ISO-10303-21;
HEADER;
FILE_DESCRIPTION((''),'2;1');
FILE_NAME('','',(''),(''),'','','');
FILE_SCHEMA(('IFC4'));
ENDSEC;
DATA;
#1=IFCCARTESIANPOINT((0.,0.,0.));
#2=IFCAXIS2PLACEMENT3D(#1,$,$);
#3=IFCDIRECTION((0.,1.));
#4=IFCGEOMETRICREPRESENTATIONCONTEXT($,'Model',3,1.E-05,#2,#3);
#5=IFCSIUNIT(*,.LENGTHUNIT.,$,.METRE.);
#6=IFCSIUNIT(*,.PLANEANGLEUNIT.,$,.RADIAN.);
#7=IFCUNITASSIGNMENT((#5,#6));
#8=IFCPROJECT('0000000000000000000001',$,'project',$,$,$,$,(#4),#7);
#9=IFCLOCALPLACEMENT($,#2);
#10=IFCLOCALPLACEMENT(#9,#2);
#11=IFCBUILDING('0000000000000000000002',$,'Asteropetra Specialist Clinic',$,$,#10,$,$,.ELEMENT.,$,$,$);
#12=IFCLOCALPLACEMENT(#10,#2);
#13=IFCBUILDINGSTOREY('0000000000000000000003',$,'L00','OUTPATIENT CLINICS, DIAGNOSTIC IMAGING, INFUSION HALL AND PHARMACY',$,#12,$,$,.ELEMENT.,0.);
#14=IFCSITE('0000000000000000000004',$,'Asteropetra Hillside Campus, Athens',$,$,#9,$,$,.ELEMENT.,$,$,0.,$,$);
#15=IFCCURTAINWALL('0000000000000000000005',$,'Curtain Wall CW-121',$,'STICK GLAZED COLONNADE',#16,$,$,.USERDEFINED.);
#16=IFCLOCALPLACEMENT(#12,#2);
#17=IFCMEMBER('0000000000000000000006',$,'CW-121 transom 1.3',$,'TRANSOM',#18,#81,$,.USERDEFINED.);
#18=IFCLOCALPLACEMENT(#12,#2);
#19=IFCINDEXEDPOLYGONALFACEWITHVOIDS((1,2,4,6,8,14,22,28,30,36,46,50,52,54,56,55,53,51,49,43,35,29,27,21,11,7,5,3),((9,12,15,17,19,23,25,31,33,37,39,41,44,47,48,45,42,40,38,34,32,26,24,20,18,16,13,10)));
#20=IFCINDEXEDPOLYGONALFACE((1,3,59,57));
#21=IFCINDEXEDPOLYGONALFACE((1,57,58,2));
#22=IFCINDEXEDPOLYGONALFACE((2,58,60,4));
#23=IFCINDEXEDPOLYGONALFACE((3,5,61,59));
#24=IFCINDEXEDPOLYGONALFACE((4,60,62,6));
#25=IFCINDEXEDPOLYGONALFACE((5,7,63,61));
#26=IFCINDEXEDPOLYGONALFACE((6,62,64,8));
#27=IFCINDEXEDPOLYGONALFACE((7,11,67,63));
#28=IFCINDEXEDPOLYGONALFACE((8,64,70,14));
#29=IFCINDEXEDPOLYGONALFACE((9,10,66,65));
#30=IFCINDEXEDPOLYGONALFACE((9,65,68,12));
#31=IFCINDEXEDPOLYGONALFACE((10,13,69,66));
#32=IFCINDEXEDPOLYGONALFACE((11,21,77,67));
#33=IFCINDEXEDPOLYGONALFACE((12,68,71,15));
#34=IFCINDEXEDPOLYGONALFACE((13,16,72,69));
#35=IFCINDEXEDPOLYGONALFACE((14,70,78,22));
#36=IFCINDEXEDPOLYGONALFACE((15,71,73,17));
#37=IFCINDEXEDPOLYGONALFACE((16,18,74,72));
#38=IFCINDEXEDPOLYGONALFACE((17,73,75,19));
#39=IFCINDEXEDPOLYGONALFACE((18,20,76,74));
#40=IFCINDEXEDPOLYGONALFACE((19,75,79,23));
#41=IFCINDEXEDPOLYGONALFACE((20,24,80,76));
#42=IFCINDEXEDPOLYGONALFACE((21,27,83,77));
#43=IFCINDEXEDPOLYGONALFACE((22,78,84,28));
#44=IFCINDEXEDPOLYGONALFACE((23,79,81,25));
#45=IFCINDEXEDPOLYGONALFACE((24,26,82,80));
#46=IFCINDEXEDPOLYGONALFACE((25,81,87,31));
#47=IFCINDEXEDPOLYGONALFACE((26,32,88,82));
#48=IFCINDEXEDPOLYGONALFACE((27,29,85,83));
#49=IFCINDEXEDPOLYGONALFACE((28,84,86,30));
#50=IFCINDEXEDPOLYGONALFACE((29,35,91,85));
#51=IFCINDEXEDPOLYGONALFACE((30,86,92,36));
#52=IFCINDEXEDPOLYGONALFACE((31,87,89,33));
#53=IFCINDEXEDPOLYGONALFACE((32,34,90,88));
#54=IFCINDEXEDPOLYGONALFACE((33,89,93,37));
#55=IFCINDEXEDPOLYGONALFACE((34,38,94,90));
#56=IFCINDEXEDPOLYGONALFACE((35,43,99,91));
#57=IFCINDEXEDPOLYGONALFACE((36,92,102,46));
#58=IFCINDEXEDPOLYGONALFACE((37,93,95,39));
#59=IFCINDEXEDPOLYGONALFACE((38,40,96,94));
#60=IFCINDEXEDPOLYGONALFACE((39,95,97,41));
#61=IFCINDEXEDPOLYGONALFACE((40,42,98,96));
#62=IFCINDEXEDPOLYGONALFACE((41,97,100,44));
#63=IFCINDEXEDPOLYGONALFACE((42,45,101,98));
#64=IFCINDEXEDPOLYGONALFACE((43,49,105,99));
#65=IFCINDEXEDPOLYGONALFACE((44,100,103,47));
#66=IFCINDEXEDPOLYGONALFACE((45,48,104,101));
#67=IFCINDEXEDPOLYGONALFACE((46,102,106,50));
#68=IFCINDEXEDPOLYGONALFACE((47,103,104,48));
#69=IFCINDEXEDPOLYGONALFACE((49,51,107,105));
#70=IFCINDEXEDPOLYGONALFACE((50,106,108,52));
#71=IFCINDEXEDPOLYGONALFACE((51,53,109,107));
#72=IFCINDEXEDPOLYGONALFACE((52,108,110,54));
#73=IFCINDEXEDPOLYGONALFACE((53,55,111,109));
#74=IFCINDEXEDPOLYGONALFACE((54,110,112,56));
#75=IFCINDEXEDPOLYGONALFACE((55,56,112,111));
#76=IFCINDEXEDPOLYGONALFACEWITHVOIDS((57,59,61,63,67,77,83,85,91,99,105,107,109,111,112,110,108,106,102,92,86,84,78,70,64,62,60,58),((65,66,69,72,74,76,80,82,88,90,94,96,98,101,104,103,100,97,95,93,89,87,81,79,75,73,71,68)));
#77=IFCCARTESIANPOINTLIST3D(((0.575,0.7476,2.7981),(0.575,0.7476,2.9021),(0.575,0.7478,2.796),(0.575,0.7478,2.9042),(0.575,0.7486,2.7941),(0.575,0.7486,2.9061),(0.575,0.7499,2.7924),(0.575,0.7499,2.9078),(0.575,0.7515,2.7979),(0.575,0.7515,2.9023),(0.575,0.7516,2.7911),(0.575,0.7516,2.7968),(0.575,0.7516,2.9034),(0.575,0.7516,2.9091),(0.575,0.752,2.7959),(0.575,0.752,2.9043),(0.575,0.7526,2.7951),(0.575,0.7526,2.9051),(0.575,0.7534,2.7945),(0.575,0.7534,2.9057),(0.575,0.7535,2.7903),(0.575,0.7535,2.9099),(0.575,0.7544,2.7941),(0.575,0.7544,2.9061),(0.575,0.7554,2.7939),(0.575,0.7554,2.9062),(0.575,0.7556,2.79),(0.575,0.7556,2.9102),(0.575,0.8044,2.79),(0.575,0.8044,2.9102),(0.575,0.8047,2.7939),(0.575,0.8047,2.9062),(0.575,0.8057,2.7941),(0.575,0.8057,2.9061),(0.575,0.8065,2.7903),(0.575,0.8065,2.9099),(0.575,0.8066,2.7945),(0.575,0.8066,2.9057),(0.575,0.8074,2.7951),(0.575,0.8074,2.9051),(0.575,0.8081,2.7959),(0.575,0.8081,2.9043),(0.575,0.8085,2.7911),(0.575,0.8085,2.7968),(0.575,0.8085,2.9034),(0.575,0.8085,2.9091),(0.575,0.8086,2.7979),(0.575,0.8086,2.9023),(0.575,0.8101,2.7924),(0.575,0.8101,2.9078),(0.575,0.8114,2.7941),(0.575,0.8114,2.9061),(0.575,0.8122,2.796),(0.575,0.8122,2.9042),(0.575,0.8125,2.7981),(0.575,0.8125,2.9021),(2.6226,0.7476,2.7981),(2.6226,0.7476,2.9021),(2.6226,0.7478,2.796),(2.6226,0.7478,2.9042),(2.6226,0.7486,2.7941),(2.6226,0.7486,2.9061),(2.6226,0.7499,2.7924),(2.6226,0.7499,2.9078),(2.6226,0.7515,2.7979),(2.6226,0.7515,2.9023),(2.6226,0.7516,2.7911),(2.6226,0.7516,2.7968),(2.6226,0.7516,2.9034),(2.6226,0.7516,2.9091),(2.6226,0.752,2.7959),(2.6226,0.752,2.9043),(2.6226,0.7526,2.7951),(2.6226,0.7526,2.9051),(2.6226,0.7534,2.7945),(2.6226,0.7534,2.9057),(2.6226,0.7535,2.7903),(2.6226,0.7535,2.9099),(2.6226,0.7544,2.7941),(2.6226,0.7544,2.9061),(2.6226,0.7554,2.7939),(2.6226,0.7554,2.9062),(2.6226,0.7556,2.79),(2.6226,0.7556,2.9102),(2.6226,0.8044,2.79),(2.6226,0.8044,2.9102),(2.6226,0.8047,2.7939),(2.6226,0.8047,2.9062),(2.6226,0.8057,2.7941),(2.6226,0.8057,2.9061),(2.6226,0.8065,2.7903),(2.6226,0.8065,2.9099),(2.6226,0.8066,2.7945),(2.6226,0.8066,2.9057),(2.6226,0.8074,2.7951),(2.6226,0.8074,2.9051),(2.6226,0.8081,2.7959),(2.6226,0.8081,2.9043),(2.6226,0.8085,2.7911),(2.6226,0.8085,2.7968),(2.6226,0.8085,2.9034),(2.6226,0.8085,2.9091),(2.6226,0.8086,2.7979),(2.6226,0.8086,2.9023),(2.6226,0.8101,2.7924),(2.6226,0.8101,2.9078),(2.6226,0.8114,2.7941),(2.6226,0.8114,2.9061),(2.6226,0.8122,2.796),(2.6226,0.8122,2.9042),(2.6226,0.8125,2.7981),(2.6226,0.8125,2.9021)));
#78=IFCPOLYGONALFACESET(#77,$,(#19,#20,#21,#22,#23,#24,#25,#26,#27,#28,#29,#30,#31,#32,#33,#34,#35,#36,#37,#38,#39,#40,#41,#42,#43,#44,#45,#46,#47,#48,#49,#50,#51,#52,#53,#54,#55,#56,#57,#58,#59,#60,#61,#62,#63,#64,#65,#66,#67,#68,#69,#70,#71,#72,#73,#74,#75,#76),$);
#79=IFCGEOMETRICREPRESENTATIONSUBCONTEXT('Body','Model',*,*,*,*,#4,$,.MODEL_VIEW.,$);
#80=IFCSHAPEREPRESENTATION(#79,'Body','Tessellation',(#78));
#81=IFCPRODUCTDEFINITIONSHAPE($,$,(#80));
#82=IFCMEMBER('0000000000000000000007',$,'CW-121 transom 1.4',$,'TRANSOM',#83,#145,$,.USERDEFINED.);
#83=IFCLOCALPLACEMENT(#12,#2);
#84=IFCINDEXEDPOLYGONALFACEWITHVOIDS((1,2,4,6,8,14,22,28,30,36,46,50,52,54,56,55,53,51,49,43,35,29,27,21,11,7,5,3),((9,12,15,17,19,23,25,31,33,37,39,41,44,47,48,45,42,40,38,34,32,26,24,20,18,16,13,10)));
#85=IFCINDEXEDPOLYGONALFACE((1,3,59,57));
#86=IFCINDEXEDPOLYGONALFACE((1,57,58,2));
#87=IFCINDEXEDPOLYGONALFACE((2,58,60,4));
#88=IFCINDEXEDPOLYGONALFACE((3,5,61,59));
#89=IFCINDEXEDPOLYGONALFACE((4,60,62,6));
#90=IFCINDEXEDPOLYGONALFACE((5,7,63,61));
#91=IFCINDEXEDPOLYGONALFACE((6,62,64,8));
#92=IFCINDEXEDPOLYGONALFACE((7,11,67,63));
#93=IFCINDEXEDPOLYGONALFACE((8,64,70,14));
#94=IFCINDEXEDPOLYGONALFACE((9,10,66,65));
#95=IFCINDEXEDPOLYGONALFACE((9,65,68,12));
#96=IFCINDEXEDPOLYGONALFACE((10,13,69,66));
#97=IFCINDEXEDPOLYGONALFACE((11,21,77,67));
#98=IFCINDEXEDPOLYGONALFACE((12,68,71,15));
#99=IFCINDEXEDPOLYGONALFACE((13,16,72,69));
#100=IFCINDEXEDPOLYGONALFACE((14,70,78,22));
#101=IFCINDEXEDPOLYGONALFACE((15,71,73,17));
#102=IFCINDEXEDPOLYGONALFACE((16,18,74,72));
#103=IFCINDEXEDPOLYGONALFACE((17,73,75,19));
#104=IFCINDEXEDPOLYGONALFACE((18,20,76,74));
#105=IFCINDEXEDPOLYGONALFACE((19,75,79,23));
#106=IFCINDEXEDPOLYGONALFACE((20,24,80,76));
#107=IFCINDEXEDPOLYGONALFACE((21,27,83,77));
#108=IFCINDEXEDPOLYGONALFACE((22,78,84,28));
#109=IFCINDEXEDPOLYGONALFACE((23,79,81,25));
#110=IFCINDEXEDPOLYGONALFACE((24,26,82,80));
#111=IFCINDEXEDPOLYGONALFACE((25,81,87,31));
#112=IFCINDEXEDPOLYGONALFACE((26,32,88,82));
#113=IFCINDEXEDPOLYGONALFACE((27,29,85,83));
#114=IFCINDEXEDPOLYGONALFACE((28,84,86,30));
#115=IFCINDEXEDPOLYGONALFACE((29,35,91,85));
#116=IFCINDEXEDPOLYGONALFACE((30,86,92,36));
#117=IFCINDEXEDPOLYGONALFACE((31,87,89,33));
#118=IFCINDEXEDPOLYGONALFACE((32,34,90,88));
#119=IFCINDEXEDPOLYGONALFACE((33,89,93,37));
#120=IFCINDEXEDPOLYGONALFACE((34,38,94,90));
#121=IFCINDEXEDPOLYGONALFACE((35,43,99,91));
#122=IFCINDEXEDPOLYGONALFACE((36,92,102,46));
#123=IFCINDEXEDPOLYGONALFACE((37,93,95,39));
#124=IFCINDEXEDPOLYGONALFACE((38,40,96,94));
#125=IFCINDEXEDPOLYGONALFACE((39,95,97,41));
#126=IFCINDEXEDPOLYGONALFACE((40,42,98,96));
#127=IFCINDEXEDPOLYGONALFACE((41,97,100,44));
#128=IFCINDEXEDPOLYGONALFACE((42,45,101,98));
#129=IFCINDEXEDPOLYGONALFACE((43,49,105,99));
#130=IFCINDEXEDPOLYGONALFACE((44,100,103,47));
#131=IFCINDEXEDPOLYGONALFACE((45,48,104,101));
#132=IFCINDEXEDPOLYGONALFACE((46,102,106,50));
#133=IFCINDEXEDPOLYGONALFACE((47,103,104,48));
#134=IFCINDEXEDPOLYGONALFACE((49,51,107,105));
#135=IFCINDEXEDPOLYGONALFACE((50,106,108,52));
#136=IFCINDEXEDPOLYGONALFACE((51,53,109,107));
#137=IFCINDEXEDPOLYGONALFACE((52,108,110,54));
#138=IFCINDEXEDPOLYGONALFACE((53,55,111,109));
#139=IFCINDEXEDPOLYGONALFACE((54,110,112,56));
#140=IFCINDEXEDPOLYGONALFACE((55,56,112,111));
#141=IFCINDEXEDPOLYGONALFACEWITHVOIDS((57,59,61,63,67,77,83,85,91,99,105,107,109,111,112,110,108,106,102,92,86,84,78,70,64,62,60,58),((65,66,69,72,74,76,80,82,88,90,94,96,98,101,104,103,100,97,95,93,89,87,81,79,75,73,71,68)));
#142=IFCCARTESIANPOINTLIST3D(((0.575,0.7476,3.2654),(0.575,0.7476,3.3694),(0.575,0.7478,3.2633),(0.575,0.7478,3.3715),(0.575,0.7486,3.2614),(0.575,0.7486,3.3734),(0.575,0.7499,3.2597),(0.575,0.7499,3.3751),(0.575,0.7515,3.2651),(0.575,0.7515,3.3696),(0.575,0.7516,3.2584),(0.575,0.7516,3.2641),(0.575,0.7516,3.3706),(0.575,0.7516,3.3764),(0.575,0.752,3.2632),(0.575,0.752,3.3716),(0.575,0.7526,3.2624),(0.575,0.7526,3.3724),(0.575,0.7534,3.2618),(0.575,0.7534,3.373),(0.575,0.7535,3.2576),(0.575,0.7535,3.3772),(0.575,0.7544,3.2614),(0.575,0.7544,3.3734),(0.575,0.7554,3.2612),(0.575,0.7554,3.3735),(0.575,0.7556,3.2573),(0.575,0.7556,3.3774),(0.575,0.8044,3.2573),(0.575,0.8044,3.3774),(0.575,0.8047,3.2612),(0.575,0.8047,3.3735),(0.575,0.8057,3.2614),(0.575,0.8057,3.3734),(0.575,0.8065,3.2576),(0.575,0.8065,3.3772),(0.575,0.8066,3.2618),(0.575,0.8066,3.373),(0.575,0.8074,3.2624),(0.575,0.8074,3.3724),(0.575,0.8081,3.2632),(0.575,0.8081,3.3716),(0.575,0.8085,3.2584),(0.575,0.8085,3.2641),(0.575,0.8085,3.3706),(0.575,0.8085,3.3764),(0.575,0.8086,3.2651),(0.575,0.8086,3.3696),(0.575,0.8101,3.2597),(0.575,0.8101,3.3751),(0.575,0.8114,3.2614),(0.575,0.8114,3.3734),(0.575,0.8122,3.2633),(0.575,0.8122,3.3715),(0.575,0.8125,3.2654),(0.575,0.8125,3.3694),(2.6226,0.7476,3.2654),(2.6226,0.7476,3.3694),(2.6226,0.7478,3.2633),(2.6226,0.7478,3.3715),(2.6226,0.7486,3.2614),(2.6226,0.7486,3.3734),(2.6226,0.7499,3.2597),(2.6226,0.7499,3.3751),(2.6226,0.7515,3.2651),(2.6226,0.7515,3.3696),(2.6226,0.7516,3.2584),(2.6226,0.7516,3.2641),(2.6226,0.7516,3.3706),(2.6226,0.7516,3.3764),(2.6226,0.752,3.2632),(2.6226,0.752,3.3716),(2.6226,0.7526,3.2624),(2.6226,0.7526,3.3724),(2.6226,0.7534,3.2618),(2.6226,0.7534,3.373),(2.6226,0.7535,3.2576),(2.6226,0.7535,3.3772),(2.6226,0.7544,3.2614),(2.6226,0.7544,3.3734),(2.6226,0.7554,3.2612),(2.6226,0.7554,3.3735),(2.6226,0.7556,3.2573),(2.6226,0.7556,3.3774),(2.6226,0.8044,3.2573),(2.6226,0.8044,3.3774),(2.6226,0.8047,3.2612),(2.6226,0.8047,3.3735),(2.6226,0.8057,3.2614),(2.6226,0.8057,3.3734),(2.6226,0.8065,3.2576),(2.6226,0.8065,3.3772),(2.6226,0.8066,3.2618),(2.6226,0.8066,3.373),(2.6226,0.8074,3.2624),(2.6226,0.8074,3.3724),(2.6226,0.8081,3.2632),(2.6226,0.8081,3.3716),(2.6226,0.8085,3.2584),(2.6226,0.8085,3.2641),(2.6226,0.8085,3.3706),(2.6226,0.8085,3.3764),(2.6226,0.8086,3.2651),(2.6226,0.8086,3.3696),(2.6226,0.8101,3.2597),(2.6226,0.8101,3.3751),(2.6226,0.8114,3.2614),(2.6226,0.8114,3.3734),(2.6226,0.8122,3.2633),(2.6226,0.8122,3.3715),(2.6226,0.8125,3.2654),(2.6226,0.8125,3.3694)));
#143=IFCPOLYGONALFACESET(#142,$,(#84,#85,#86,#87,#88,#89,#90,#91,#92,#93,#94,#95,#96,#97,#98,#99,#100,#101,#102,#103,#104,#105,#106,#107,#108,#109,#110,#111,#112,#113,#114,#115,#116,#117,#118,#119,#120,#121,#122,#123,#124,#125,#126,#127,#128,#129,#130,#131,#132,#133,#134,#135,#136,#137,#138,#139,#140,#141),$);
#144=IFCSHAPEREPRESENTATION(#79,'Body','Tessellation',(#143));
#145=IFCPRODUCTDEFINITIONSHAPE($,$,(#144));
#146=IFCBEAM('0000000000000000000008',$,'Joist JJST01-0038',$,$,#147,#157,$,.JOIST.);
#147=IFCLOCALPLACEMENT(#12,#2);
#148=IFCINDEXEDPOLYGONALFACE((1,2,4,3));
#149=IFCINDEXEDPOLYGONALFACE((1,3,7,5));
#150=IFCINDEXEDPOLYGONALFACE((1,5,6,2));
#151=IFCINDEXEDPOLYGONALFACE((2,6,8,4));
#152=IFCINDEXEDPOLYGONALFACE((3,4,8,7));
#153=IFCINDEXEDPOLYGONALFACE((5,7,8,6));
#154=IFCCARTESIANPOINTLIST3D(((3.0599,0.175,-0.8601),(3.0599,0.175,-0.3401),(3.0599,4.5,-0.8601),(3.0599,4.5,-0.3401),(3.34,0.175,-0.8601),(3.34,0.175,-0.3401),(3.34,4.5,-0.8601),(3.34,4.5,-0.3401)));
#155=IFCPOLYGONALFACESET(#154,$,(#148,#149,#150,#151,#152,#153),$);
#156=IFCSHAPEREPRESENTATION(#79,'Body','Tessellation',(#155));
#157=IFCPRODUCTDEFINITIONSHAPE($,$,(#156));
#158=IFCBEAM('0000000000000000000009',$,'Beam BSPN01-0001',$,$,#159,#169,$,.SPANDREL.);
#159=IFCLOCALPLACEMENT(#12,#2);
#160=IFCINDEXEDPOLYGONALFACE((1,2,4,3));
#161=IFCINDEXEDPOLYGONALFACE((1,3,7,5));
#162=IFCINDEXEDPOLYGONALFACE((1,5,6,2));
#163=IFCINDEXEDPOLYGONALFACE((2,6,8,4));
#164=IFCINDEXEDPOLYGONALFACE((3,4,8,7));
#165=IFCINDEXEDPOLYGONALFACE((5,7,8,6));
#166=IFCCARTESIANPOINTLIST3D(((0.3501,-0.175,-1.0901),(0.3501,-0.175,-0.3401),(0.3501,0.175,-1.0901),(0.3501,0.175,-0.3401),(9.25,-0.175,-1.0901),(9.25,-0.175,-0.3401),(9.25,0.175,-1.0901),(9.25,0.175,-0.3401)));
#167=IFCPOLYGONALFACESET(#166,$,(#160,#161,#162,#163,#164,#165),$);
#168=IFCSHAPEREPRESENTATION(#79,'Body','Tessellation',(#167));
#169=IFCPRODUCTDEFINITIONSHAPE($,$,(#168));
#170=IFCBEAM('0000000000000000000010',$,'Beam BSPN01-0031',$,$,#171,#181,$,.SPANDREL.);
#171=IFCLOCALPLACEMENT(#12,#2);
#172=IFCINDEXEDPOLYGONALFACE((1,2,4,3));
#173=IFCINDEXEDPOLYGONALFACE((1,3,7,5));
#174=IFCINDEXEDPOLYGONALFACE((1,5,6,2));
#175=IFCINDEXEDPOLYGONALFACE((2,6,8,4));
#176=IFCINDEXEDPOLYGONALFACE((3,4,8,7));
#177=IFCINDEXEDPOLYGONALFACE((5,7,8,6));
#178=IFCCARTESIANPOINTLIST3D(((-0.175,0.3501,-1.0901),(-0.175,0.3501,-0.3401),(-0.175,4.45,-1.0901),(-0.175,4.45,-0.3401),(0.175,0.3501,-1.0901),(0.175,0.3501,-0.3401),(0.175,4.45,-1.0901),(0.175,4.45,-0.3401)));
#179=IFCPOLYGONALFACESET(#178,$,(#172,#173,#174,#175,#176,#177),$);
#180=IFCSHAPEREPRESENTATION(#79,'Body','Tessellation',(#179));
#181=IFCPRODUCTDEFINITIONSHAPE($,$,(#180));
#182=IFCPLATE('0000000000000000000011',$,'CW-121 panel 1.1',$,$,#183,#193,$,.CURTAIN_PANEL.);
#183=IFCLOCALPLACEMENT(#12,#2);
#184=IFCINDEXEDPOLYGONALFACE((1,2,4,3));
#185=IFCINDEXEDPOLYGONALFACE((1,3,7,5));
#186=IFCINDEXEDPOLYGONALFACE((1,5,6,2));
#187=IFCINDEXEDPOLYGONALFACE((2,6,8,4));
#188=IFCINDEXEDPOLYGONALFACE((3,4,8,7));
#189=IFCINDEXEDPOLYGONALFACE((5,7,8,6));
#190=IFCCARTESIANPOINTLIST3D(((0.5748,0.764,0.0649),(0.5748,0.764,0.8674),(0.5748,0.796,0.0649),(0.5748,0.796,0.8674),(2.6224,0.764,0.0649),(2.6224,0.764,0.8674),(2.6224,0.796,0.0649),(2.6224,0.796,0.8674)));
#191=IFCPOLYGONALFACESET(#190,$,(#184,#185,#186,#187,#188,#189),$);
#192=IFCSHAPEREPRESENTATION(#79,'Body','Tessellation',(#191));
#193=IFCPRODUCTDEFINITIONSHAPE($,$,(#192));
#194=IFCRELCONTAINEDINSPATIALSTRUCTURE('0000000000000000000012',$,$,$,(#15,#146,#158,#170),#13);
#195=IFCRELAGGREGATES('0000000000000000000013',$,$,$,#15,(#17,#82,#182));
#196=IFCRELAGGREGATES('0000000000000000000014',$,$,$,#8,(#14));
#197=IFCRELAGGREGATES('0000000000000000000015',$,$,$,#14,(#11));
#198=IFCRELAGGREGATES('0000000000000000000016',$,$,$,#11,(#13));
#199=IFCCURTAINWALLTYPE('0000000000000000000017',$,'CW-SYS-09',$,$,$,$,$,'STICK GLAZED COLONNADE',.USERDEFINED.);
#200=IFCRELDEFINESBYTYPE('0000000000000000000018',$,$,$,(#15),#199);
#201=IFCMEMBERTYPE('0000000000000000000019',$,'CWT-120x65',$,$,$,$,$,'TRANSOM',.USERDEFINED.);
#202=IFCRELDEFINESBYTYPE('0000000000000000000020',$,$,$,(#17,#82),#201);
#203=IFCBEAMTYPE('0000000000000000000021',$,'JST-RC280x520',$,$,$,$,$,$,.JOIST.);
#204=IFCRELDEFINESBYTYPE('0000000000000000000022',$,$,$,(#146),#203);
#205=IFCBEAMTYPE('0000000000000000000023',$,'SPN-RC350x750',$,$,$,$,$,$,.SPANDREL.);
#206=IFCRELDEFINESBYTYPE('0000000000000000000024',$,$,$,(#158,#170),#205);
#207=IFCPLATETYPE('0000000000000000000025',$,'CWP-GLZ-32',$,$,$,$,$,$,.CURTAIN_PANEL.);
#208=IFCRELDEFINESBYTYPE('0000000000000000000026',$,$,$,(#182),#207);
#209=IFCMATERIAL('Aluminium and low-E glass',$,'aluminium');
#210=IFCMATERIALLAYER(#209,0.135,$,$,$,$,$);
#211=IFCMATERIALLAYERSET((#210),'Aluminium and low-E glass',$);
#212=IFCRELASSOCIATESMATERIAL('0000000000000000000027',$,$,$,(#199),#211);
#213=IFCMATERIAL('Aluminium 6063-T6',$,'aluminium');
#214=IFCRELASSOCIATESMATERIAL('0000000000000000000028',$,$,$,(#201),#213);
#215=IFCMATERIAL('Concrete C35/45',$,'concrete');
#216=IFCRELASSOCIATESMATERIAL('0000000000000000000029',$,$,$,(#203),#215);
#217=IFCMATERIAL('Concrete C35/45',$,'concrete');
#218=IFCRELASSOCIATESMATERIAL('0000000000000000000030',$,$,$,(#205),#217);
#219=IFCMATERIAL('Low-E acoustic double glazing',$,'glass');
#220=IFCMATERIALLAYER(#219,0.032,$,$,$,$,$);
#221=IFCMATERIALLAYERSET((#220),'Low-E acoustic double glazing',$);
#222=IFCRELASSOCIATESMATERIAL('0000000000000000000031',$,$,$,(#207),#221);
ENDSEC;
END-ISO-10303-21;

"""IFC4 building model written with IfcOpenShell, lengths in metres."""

from ifc_helpers import new_model, si_unit, direction, frame, origin, origin_2d, place, context, subcontext, project, spatial, rectangle, hollow_rectangle, extrude, material, layer, layer_set, material_profile, profile_set, type_object, element, aggregate, save


model = new_model("IFC4")

# Units and contexts
model_context = context("Model", 3, precision=1e-05, world=origin(), true_north=direction((0.0, 1.0)))
body_context = subcontext(model_context, "Body", "Model", "MODEL_VIEW")
ifc_project = project(units=[si_unit("LENGTHUNIT", "METRE"), si_unit("PLANEANGLEUNIT", "RADIAN")], contexts=[model_context])

# Site, building, storey
site_placement = place(None, origin())
site = spatial("IfcSite", under=ifc_project, at=site_placement, Name="Asteropetra Hillside Campus, Athens", CompositionType="ELEMENT", RefElevation=0.0)
building_placement = place(site_placement, origin())
building = spatial("IfcBuilding", under=site, at=building_placement, Name="Asteropetra Specialist Clinic", CompositionType="ELEMENT")
storey_placement = place(building_placement, origin())
storey = spatial("IfcBuildingStorey", under=building, at=storey_placement, Name="L00", Description="OUTPATIENT CLINICS, DIAGNOSTIC IMAGING, INFUSION HALL AND PHARMACY", CompositionType="ELEMENT", Elevation=0.0)

# Curtain wall, members
ifc_material_1 = material(Name="Aluminium and low-E glass", Category="aluminium")
ifc_layer_1 = layer(ifc_material_1, 0.135)
ifc_layer_set_1 = layer_set([ifc_layer_1], Name="Aluminium and low-E glass")
curtain_wall_type = type_object("IfcCurtainWallType", Name="CW-SYS-09", ElementType="STICK GLAZED COLONNADE", PredefinedType="USERDEFINED", material=ifc_layer_set_1)
curtain_wall_placement = place(storey_placement, origin())
curtain_wall = element("IfcCurtainWall", 1, at=curtain_wall_placement, inside=storey, type_object=curtain_wall_type, Name="Curtain Wall CW-121", ObjectType="STICK GLAZED COLONNADE", PredefinedType="USERDEFINED")
ifc_material_2 = material(Name="Aluminium 6063-T6", Category="aluminium")
ifc_material_profile_1 = material_profile(ifc_material_2, hollow_rectangle(XDim=0.0649, YDim=0.1201, WallThickness=0.0039, InnerFilletRadius=0.0039, OuterFilletRadius=0.0081, at=origin_2d()), Name="TRN 120x65x4.0")
ifc_profile_set_1 = profile_set([ifc_material_profile_1], Name="Aluminium 6063-T6")
member_type_1 = type_object("IfcMemberType", Name="CWT-120x65", ElementType="TRANSOM", PredefinedType="USERDEFINED", material=ifc_profile_set_1)
member_1_placement = place(storey_placement, frame((0.575, 0.78, 2.8501), z_axis=(1.0, 0.0, 0.0), x_axis=(0.0, 1.0, 0.0)))
member_1 = element("IfcMember", 2, at=member_1_placement, type_object=member_type_1, Name="CW-121 transom 1.3", ObjectType="TRANSOM", PredefinedType="USERDEFINED", context=body_context, shape_type="SweptSolid", body=[
    extrude(hollow_rectangle(XDim=0.0649, YDim=0.1201, WallThickness=0.0039, InnerFilletRadius=0.0039, OuterFilletRadius=0.0081, at=origin_2d()), origin(), (0.0, 0.0, 1.0), 2.0476),
])
member_2_placement = place(storey_placement, frame((0.575, 0.78, 3.3174), z_axis=(1.0, 0.0, 0.0), x_axis=(0.0, 1.0, 0.0)))
member_2 = element("IfcMember", 3, at=member_2_placement, type_object=member_type_1, Name="CW-121 transom 1.4", ObjectType="TRANSOM", PredefinedType="USERDEFINED", context=body_context, shape_type="SweptSolid", body=[
    extrude(hollow_rectangle(XDim=0.0649, YDim=0.1201, WallThickness=0.0039, InnerFilletRadius=0.0039, OuterFilletRadius=0.0081, at=origin_2d()), origin(), (0.0, 0.0, 1.0), 2.0476),
])

# Beams
ifc_material_3 = material(Name="Concrete C35/45", Category="concrete")
ifc_material_profile_2 = material_profile(ifc_material_3, rectangle(XDim=0.28, YDim=0.52, at=origin_2d()), Name="RCJ 280x520")
ifc_profile_set_2 = profile_set([ifc_material_profile_2], Name="Concrete C35/45")
beam_type_1 = type_object("IfcBeamType", Name="JST-RC280x520", PredefinedType="JOIST", material=ifc_profile_set_2)
beam_1_placement = place(storey_placement, frame((3.2, 0.175, -0.6001), z_axis=(0.0, 1.0, 0.0), x_axis=(-1.0, 0.0, 0.0)))
element("IfcBeam", 4, at=beam_1_placement, inside=storey, type_object=beam_type_1, Name="Joist JJST01-0038", PredefinedType="JOIST", context=body_context, shape_type="SweptSolid", body=[
    extrude(rectangle(XDim=0.28, YDim=0.52, at=origin_2d()), origin(), (0.0, 0.0, 1.0), 4.325),
])
ifc_material_4 = material(Name="Concrete C35/45", Category="concrete")
ifc_material_profile_3 = material_profile(ifc_material_4, rectangle(XDim=0.3501, YDim=0.75, at=origin_2d()), Name="RCS 350x750")
ifc_profile_set_3 = profile_set([ifc_material_profile_3], Name="Concrete C35/45")
beam_type_2 = type_object("IfcBeamType", Name="SPN-RC350x750", PredefinedType="SPANDREL", material=ifc_profile_set_3)
beam_2_placement = place(storey_placement, frame((0.3501, 0.0, -0.7151), z_axis=(1.0, 0.0, 0.0), x_axis=(0.0, 1.0, 0.0)))
element("IfcBeam", 5, at=beam_2_placement, inside=storey, type_object=beam_type_2, Name="Beam BSPN01-0001", PredefinedType="SPANDREL", context=body_context, shape_type="SweptSolid", body=[
    extrude(rectangle(XDim=0.3501, YDim=0.75, at=origin_2d()), origin(), (0.0, 0.0, 1.0), 8.8999),
])
beam_3_placement = place(storey_placement, frame((0.0, 0.3501, -0.7151), z_axis=(0.0, 1.0, 0.0), x_axis=(-1.0, 0.0, 0.0)))
element("IfcBeam", 6, at=beam_3_placement, inside=storey, type_object=beam_type_2, Name="Beam BSPN01-0031", PredefinedType="SPANDREL", context=body_context, shape_type="SweptSolid", body=[
    extrude(rectangle(XDim=0.3501, YDim=0.75, at=origin_2d()), origin(), (0.0, 0.0, 1.0), 4.0999),
])

# Plate
ifc_material_5 = material(Name="Low-E acoustic double glazing", Category="glass")
ifc_layer_2 = layer(ifc_material_5, 0.032)
ifc_layer_set_2 = layer_set([ifc_layer_2], Name="Low-E acoustic double glazing")
plate_type = type_object("IfcPlateType", Name="CWP-GLZ-32", PredefinedType="CURTAIN_PANEL", material=ifc_layer_set_2)
plate_1_placement = place(storey_placement, frame((1.5986, 0.78, 0.0649), z_axis=(0.0, 0.0, 1.0), x_axis=(1.0, 0.0, 0.0)))
plate_1 = element("IfcPlate", 7, at=plate_1_placement, type_object=plate_type, Name="CW-121 panel 1.1", PredefinedType="CURTAIN_PANEL", context=body_context, shape_type="SweptSolid", body=[
    extrude(rectangle(XDim=2.0476, YDim=0.032, at=origin_2d()), origin(), (0.0, 0.0, 1.0), 0.8025),
])
aggregate(curtain_wall, [member_1, member_2, plate_1])

save(model, "model.ifc")
